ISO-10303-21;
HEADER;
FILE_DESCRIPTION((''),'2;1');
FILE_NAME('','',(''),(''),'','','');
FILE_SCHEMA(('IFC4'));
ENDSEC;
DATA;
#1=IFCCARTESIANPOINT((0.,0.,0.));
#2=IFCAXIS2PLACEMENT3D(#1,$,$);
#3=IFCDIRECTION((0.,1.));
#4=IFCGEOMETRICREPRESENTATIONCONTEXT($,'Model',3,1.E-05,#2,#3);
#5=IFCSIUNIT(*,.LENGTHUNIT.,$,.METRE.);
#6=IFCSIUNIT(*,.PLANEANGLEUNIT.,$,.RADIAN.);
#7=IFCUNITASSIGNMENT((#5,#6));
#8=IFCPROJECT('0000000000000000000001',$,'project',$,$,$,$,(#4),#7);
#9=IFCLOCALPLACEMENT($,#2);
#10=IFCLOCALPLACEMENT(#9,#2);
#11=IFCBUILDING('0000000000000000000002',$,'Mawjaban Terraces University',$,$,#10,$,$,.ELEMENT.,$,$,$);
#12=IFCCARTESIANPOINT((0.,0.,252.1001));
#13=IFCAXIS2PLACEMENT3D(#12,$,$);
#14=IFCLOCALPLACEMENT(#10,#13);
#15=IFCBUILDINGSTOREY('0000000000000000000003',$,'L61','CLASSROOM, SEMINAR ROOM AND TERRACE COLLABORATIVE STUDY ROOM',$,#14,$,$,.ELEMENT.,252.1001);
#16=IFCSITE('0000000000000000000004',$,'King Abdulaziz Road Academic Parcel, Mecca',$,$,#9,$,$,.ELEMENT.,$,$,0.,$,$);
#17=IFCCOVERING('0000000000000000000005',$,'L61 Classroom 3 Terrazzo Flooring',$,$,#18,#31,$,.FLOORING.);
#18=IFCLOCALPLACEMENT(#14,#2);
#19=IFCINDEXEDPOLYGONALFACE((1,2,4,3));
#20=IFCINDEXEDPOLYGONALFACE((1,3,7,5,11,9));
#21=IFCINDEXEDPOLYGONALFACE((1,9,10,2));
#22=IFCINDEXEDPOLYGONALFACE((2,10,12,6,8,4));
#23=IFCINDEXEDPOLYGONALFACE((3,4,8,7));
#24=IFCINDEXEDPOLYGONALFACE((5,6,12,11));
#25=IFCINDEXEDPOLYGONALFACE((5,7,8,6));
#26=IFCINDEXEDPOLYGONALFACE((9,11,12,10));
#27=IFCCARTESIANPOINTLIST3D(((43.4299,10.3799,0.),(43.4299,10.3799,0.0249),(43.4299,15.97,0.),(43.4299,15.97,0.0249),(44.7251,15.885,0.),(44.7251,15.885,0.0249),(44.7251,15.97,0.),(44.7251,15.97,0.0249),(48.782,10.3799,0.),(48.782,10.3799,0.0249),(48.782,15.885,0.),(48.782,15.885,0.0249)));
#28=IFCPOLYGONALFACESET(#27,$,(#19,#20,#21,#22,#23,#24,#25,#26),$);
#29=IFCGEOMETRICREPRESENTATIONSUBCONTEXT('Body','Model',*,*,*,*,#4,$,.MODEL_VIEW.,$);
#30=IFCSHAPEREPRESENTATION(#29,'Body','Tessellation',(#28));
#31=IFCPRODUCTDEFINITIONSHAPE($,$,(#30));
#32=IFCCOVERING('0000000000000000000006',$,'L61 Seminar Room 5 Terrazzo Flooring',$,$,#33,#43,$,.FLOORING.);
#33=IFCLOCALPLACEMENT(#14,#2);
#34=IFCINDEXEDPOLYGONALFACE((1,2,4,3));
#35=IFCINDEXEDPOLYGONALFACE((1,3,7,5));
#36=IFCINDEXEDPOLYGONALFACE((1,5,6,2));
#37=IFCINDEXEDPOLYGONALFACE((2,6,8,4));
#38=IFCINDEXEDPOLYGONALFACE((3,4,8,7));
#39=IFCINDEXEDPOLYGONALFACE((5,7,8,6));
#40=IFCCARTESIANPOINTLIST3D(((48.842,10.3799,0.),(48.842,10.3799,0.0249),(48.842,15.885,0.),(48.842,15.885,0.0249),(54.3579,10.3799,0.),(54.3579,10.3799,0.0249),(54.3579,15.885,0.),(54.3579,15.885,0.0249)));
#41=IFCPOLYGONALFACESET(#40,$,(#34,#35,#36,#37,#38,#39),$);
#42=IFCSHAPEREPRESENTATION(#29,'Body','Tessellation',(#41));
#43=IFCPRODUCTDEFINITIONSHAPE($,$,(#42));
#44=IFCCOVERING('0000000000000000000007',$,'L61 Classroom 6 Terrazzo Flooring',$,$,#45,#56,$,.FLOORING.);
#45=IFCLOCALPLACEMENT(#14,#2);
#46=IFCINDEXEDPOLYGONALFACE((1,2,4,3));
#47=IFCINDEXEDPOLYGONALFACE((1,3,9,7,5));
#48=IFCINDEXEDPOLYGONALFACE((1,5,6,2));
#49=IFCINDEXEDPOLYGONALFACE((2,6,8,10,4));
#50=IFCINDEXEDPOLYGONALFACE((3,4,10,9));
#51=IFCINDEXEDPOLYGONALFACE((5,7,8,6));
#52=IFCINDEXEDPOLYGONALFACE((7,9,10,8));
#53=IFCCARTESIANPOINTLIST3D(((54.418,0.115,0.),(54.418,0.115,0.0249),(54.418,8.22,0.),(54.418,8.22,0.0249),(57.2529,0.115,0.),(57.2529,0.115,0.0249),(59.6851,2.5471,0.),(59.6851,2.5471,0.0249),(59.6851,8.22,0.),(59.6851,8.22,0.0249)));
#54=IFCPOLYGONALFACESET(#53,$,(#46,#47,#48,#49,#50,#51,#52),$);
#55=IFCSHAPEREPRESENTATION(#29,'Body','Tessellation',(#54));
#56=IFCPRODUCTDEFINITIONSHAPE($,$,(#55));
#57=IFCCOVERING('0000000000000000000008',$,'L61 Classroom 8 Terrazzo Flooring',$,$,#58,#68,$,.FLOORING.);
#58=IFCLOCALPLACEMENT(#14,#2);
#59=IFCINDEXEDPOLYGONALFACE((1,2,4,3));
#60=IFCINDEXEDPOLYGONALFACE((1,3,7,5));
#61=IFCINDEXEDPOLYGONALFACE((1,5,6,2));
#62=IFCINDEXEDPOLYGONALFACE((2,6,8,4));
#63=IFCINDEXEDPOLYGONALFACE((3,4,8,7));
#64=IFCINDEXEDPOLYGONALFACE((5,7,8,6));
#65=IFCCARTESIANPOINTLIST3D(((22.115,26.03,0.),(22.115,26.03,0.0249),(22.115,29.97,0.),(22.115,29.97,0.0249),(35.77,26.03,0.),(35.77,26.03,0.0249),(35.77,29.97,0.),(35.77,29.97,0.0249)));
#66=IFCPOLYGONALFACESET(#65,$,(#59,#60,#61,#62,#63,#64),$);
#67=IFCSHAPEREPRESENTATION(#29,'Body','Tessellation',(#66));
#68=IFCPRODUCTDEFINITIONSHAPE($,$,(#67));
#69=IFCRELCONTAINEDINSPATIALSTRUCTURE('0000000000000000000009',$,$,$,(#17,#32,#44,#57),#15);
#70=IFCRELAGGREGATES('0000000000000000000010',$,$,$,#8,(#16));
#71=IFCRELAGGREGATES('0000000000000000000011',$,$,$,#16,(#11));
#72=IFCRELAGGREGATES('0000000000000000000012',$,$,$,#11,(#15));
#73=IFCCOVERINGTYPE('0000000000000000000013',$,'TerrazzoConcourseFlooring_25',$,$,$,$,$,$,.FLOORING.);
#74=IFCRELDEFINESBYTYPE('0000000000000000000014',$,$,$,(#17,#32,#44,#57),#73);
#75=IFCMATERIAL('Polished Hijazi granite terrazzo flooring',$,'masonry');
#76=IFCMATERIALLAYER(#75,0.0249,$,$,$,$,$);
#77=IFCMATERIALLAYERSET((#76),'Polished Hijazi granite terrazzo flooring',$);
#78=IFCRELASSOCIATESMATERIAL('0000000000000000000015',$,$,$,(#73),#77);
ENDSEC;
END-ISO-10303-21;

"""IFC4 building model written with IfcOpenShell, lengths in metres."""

from ifc_helpers import new_model, si_unit, direction, frame, origin, place, context, subcontext, project, spatial, polyline, outline, extrude, material, layer, layer_set, type_object, element, save


model = new_model("IFC4")

# Units and contexts
model_context = context("Model", 3, precision=1e-05, world=origin(), true_north=direction((0.0, 1.0)))
body_context = subcontext(model_context, "Body", "Model", "MODEL_VIEW")
ifc_project = project(units=[si_unit("LENGTHUNIT", "METRE"), si_unit("PLANEANGLEUNIT", "RADIAN")], contexts=[model_context])

# Site, building, storey
site_placement = place(None, origin())
site = spatial("IfcSite", under=ifc_project, at=site_placement, Name="King Abdulaziz Road Academic Parcel, Mecca", CompositionType="ELEMENT", RefElevation=0.0)
building_placement = place(site_placement, origin())
building = spatial("IfcBuilding", under=site, at=building_placement, Name="Mawjaban Terraces University", CompositionType="ELEMENT")
storey_placement = place(building_placement, frame((0.0, 0.0, 252.1001)))
storey = spatial("IfcBuildingStorey", under=building, at=storey_placement, Name="L61", Description="CLASSROOM, SEMINAR ROOM AND TERRACE COLLABORATIVE STUDY ROOM", CompositionType="ELEMENT", Elevation=252.1001)

# Coverings
ifc_material_1 = material(Name="Polished Hijazi granite terrazzo flooring", Category="masonry")
ifc_layer_1 = layer(ifc_material_1, 0.0249)
ifc_layer_set_1 = layer_set([ifc_layer_1], Name="Polished Hijazi granite terrazzo flooring")
covering_type_1 = type_object("IfcCoveringType", Name="TerrazzoConcourseFlooring_25", PredefinedType="FLOORING", material=ifc_layer_set_1)
covering_1_placement = place(storey_placement, origin())
element("IfcCovering", 1, at=covering_1_placement, inside=storey, type_object=covering_type_1, Name="L61 Classroom 3 Terrazzo Flooring", PredefinedType="FLOORING", context=body_context, shape_type="SweptSolid", body=[
    extrude(outline(polyline([(48.782, 15.885), (44.7251, 15.885), (44.7251, 15.97), (43.4299, 15.97), (43.4299, 10.3799), (48.782, 10.3799), (48.782, 15.885)])), origin(), (0.0, 0.0, 1.0), 0.0249),
])
covering_2_placement = place(storey_placement, origin())
element("IfcCovering", 2, at=covering_2_placement, inside=storey, type_object=covering_type_1, Name="L61 Seminar Room 5 Terrazzo Flooring", PredefinedType="FLOORING", context=body_context, shape_type="SweptSolid", body=[
    extrude(outline(polyline([(54.3579, 15.885), (48.842, 15.885), (48.842, 10.3799), (54.3579, 10.3799), (54.3579, 15.885)])), origin(), (0.0, 0.0, 1.0), 0.0249),
])
covering_3_placement = place(storey_placement, origin())
element("IfcCovering", 3, at=covering_3_placement, inside=storey, type_object=covering_type_1, Name="L61 Classroom 6 Terrazzo Flooring", PredefinedType="FLOORING", context=body_context, shape_type="SweptSolid", body=[
    extrude(outline(polyline([(54.418, 0.115), (57.2529, 0.115), (59.6851, 2.5471), (59.6851, 8.22), (54.418, 8.22), (54.418, 0.115)])), origin(), (0.0, 0.0, 1.0), 0.0249),
])
covering_4_placement = place(storey_placement, origin())
element("IfcCovering", 4, at=covering_4_placement, inside=storey, type_object=covering_type_1, Name="L61 Classroom 8 Terrazzo Flooring", PredefinedType="FLOORING", context=body_context, shape_type="SweptSolid", body=[
    extrude(outline(polyline([(22.115, 29.97), (22.115, 26.03), (35.77, 26.03), (35.77, 29.97), (22.115, 29.97)])), origin(), (0.0, 0.0, 1.0), 0.0249),
])

save(model, "model.ifc")
